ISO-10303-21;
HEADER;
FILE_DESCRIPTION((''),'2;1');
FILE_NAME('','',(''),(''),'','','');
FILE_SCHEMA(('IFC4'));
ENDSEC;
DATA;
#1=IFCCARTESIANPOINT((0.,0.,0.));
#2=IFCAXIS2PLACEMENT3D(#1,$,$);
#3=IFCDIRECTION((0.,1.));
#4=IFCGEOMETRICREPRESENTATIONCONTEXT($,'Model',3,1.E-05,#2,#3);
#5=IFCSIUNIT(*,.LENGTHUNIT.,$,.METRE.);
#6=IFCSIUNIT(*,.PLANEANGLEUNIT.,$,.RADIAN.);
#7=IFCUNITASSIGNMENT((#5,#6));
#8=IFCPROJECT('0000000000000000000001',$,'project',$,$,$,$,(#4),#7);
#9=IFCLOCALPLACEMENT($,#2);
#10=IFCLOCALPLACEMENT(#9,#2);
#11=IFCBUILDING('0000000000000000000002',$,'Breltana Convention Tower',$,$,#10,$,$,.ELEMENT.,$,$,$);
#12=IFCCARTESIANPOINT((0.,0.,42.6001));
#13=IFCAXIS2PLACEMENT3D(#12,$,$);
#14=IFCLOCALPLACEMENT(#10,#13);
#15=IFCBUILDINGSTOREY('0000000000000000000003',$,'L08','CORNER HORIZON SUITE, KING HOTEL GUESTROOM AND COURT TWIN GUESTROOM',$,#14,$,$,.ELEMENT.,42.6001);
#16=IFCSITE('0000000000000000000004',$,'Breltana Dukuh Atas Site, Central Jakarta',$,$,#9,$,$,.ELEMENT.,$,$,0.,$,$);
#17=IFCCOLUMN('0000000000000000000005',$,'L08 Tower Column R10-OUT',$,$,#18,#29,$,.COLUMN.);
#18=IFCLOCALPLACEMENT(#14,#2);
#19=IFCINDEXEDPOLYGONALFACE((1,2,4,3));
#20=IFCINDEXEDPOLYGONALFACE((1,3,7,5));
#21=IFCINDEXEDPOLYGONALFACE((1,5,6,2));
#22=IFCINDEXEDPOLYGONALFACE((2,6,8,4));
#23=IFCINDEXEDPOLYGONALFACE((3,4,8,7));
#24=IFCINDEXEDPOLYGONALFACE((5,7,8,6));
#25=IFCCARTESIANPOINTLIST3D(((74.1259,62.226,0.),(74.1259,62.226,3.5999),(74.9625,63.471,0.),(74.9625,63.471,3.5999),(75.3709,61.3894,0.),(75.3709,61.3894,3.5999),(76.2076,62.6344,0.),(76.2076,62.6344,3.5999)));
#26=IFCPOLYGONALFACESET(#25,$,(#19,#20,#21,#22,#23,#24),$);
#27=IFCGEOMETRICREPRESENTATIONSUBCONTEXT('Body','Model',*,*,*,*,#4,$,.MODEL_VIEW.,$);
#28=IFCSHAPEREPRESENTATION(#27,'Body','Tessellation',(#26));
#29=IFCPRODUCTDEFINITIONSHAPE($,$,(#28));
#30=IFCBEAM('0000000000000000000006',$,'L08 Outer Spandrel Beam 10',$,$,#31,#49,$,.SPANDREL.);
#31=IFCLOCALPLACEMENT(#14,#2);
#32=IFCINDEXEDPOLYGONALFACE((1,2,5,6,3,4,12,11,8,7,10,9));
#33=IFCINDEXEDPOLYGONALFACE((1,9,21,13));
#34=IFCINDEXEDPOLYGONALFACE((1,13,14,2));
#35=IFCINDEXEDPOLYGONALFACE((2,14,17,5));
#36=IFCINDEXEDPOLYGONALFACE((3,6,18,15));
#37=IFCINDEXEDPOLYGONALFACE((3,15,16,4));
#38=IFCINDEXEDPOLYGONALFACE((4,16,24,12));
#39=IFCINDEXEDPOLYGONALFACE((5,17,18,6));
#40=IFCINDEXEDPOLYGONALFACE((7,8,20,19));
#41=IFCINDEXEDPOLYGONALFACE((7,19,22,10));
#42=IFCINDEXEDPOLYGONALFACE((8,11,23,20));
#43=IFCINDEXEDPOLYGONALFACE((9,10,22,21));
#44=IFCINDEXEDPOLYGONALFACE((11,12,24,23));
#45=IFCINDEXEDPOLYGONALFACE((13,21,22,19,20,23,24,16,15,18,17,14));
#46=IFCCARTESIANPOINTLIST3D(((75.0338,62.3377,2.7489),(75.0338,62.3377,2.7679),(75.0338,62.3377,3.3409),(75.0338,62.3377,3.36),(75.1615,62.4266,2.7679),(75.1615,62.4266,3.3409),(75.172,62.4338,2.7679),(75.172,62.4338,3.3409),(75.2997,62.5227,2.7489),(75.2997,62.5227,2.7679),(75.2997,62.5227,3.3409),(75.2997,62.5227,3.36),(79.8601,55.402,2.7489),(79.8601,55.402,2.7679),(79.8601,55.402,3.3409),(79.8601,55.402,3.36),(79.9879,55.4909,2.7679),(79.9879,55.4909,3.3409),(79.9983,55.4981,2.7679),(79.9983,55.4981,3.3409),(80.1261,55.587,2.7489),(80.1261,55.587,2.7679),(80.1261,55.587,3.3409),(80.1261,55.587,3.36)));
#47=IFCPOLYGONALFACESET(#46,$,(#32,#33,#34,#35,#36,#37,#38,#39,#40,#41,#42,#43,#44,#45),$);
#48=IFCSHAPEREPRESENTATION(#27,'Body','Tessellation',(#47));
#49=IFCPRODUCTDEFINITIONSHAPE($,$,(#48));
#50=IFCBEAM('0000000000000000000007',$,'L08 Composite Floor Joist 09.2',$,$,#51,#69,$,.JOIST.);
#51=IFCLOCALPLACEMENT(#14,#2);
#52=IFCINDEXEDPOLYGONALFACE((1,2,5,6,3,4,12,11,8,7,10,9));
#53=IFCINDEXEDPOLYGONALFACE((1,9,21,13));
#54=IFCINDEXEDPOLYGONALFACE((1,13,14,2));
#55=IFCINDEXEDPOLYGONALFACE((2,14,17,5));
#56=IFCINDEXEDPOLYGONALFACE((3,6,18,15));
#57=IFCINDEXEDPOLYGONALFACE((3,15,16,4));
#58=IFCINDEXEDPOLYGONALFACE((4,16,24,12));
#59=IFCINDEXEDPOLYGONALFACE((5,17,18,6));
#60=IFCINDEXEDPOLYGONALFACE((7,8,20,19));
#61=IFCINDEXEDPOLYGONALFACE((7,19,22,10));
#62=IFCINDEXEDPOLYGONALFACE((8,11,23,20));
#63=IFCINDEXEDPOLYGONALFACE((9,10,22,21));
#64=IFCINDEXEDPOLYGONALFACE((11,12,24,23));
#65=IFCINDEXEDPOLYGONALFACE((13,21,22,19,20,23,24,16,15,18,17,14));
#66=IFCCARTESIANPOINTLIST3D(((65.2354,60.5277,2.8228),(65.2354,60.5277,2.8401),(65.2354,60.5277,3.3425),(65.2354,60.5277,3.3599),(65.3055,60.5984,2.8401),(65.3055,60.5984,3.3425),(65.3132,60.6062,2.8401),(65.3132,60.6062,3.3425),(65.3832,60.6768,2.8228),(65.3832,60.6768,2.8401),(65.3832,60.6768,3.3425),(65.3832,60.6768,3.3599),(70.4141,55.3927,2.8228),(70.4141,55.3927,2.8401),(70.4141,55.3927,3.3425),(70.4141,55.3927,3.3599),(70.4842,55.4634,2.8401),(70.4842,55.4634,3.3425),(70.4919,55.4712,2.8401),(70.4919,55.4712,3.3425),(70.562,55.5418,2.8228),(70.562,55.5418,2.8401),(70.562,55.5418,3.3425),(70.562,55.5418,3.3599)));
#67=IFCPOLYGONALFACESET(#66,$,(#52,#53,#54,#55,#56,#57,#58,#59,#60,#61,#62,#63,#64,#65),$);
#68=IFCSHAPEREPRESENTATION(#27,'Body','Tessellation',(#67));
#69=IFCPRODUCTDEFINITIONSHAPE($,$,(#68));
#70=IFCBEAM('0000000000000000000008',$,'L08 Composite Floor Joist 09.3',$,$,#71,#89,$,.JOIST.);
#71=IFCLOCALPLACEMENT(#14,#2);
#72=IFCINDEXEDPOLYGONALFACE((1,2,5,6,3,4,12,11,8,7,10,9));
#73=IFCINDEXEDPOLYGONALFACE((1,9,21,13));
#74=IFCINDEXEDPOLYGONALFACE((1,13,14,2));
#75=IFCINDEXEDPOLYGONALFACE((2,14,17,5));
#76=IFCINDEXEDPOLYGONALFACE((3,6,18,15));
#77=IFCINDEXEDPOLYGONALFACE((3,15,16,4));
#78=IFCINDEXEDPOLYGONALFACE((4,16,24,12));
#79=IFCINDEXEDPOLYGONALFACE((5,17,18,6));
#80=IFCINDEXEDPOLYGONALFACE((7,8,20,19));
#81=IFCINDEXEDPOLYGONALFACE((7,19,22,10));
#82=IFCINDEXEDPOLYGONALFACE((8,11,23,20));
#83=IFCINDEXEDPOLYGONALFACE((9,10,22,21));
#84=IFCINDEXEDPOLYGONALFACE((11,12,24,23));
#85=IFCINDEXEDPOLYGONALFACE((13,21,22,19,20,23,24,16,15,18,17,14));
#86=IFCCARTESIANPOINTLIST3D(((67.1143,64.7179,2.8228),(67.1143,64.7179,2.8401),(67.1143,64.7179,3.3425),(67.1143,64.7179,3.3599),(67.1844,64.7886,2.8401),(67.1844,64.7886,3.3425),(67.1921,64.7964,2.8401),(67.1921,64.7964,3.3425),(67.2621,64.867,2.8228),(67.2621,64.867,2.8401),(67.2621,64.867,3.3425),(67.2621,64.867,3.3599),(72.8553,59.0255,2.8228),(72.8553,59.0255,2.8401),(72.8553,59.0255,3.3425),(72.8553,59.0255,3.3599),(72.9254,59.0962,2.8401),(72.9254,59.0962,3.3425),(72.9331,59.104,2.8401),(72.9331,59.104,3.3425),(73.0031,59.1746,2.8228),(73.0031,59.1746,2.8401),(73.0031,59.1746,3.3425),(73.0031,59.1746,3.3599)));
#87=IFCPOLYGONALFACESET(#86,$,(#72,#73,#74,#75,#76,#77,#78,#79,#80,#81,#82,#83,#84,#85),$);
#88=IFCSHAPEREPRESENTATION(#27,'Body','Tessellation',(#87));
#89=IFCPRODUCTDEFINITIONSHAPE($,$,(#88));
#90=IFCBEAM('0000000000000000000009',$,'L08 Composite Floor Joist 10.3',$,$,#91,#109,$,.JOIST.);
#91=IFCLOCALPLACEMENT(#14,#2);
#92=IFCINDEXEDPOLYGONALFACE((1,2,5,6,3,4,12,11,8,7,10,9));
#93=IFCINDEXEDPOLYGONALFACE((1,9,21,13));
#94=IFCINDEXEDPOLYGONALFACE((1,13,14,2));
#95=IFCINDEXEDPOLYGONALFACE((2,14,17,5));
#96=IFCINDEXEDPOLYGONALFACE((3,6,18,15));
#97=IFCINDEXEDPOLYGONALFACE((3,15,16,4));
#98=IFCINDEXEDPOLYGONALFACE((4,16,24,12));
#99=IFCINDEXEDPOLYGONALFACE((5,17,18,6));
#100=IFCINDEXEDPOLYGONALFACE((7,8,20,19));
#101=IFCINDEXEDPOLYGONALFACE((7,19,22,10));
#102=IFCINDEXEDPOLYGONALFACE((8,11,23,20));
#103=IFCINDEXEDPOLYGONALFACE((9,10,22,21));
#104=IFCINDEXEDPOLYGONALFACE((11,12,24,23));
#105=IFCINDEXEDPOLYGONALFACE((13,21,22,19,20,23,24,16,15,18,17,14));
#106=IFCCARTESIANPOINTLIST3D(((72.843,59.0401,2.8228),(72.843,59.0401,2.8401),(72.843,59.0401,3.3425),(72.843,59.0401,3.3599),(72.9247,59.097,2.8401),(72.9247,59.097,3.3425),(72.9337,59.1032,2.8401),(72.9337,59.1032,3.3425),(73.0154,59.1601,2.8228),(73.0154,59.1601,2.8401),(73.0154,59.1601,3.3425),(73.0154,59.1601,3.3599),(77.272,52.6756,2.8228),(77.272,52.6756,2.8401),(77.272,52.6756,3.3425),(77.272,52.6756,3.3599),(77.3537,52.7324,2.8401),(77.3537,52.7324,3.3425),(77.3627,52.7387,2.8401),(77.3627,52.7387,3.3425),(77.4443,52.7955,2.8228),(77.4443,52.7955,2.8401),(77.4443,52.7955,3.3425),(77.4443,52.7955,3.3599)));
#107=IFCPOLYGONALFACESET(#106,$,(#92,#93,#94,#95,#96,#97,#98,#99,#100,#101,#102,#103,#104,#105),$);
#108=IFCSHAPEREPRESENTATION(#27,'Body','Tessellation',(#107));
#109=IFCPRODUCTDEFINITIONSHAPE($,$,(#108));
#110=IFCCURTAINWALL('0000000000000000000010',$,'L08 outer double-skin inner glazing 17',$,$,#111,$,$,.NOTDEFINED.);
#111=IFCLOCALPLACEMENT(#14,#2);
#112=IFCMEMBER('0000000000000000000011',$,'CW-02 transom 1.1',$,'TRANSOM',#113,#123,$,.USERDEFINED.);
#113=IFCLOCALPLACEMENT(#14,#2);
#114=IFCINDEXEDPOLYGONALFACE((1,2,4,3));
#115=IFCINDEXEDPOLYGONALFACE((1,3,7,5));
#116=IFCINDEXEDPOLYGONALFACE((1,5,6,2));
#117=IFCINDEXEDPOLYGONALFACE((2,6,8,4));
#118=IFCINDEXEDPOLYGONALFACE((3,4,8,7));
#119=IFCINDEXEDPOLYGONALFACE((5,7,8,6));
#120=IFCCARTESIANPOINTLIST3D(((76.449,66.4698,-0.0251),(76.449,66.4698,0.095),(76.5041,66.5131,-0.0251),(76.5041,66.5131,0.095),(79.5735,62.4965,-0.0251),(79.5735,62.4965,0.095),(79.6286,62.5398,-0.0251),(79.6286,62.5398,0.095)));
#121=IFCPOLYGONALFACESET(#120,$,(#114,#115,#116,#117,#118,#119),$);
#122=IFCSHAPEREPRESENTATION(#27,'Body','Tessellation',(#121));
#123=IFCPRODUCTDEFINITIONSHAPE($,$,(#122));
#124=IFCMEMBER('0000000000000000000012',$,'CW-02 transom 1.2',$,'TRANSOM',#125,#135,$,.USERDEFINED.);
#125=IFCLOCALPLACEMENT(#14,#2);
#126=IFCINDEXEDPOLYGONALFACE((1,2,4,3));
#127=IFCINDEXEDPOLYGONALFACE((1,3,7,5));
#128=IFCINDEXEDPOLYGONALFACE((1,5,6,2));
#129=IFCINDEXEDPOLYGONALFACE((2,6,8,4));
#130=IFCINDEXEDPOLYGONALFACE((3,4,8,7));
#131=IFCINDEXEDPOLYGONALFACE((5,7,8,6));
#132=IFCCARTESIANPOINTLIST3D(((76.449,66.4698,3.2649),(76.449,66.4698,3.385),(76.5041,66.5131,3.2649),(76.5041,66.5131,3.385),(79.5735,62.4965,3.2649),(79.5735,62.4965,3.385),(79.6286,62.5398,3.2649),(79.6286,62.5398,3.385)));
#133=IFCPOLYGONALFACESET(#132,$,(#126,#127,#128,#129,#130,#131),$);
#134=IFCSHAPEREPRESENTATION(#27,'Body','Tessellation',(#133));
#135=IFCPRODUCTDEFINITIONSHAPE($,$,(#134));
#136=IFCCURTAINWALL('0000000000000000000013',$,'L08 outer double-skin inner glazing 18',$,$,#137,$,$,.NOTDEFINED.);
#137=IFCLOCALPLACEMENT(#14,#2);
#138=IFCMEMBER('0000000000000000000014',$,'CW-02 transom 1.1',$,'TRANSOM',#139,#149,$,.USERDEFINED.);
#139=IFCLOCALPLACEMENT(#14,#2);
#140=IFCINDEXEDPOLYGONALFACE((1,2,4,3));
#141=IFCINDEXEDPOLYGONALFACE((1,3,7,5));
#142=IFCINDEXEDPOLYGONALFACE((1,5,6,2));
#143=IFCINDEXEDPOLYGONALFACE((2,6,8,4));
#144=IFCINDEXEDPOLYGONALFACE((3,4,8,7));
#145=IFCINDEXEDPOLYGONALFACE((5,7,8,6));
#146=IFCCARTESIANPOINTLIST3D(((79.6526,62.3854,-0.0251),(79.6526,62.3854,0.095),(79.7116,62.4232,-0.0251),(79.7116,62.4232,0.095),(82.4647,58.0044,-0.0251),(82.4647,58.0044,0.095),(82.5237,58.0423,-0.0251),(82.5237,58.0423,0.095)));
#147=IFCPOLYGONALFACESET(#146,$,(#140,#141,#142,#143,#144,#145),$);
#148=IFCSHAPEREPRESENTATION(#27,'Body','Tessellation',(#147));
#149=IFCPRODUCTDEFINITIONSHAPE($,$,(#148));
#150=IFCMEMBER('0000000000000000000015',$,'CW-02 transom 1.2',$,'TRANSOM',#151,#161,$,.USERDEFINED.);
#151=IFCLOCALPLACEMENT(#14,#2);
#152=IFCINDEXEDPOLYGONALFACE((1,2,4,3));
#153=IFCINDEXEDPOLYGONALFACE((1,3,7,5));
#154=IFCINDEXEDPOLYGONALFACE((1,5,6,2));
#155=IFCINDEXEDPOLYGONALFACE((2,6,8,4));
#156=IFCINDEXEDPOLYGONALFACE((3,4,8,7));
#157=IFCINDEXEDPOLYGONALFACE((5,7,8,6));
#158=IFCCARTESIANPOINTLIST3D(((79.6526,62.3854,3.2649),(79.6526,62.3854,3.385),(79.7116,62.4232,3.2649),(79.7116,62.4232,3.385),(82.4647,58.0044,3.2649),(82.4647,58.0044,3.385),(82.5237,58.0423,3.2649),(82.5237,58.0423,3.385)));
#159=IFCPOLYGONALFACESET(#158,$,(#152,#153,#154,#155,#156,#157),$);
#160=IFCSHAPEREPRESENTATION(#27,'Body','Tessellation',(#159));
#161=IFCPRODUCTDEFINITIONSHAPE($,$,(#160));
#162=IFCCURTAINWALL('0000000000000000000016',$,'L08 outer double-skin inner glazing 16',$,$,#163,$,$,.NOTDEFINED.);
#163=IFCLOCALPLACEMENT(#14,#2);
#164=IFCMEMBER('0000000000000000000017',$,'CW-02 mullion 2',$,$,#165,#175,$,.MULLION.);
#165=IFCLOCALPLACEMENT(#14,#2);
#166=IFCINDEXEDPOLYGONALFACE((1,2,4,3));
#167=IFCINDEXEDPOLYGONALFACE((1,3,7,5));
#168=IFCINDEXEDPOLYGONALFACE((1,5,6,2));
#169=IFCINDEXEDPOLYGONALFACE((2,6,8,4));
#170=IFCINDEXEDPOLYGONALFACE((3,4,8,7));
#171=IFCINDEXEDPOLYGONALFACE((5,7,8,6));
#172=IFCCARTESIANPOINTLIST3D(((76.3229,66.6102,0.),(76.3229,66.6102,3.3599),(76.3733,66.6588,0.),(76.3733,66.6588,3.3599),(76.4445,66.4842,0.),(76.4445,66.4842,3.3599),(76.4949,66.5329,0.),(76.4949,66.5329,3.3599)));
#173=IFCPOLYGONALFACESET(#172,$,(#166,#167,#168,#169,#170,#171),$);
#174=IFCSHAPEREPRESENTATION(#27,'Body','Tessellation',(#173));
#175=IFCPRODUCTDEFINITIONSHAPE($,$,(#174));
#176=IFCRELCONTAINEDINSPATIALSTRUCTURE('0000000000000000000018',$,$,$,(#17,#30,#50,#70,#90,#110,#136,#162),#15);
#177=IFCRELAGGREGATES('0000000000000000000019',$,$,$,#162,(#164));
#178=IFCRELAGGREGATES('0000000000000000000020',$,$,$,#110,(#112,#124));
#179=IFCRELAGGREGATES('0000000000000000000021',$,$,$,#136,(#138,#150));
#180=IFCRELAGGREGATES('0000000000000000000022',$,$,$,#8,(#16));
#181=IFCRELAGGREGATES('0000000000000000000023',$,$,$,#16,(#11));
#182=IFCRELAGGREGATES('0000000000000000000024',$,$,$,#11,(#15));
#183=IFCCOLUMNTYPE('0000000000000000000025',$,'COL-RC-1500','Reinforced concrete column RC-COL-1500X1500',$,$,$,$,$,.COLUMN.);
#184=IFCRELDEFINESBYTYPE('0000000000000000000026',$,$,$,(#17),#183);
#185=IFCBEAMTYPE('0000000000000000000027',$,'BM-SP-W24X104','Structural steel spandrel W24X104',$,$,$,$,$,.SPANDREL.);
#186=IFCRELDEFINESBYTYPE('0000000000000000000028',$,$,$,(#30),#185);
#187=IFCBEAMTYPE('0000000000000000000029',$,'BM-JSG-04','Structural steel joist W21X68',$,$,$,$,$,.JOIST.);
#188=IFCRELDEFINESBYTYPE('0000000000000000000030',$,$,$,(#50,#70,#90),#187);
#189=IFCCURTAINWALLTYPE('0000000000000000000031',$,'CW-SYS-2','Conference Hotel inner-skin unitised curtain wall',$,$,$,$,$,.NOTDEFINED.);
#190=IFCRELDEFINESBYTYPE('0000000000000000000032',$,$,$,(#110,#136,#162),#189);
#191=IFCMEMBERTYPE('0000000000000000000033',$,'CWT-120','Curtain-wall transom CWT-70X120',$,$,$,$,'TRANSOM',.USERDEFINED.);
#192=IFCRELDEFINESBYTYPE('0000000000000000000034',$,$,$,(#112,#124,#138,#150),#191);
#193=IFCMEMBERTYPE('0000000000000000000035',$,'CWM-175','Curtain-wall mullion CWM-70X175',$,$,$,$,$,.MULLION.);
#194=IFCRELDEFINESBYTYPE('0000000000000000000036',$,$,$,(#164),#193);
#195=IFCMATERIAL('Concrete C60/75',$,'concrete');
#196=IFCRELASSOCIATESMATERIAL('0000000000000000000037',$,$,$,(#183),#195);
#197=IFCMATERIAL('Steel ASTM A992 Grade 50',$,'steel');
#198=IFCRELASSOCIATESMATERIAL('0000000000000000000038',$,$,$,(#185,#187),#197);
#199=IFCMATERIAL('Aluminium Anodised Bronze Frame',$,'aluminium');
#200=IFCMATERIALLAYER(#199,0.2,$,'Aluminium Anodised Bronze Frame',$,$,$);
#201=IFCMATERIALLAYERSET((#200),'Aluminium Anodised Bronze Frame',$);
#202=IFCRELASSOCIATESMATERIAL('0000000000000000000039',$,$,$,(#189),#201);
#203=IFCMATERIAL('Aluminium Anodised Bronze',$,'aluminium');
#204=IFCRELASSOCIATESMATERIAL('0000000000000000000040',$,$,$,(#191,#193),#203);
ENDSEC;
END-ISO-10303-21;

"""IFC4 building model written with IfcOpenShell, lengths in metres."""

from ifc_helpers import new_model, si_unit, direction, frame, origin, origin_2d, place, context, subcontext, project, spatial, rectangle, i_section, extrude, source, transform, mapped, material, layer, layer_set, material_profile, profile_set, type_object, element, aggregate, save


model = new_model("IFC4")

# Units and contexts
model_context = context("Model", 3, precision=1e-05, world=origin(), true_north=direction((0.0, 1.0)))
body_context = subcontext(model_context, "Body", "Model", "MODEL_VIEW")
ifc_project = project(units=[si_unit("LENGTHUNIT", "METRE"), si_unit("PLANEANGLEUNIT", "RADIAN")], contexts=[model_context])

# Site, building, storey
site_placement = place(None, origin())
site = spatial("IfcSite", under=ifc_project, at=site_placement, Name="Breltana Dukuh Atas Site, Central Jakarta", CompositionType="ELEMENT", RefElevation=0.0)
building_placement = place(site_placement, origin())
building = spatial("IfcBuilding", under=site, at=building_placement, Name="Breltana Convention Tower", CompositionType="ELEMENT")
storey_placement = place(building_placement, frame((0.0, 0.0, 42.6001)))
storey = spatial("IfcBuildingStorey", under=building, at=storey_placement, Name="L08", Description="CORNER HORIZON SUITE, KING HOTEL GUESTROOM AND COURT TWIN GUESTROOM", CompositionType="ELEMENT", Elevation=42.6001)

# Column
ifc_material_1 = material(Name="Concrete C60/75", Category="concrete")
ifc_material_profile_1 = material_profile(ifc_material_1, rectangle(XDim=1.5, YDim=1.5, at=origin_2d()), Name="RC-COL-1500X1500")
ifc_profile_set_1 = profile_set([ifc_material_profile_1], Name="Concrete C60/75")
column_type = type_object("IfcColumnType", Name="COL-RC-1500", Description="Reinforced concrete column RC-COL-1500X1500", PredefinedType="COLUMN", material=ifc_profile_set_1)
shared_shape_1 = source(origin(), body_context, "Body", "SweptSolid", [
    extrude(rectangle(XDim=1.5, YDim=1.5, at=origin_2d()), origin(), (0.0, 0.0, 1.0), 3.5999),
])
column_placement = place(storey_placement, frame((75.1667, 62.4302, 0.0), z_axis=(0.0, 0.0, 1.0), x_axis=(0.557745, 0.830012, 0.0)))
element("IfcColumn", 1, at=column_placement, inside=storey, type_object=column_type, Name="L08 Tower Column R10-OUT", PredefinedType="COLUMN", context=body_context, shape_type="MappedRepresentation", body=[
    mapped(shared_shape_1, transform((0.0, 0.0, 0.0), scale=1.0)),
])

# Beams
ifc_material_2 = material(Name="Steel ASTM A992 Grade 50", Category="steel")
ifc_material_profile_2 = material_profile(ifc_material_2, i_section(OverallWidth=0.324, OverallDepth=0.6111, WebThickness=0.0127, FlangeThickness=0.019, at=origin_2d()), Name="W24X104")
ifc_profile_set_2 = profile_set([ifc_material_profile_2], Name="Steel ASTM A992 Grade 50")
beam_type_1 = type_object("IfcBeamType", Name="BM-SP-W24X104", Description="Structural steel spandrel W24X104", PredefinedType="SPANDREL", material=ifc_profile_set_2)
shared_shape_2 = source(origin(), body_context, "Body", "SweptSolid", [
    extrude(i_section(OverallWidth=0.324, OverallDepth=0.6111, WebThickness=0.0127, FlangeThickness=0.019, at=origin_2d()), origin(), (0.0, 0.0, 1.0), 8.4497),
])
beam_1_placement = place(storey_placement, frame((75.1667, 62.4302, 3.0544), z_axis=(0.571186, -0.820821, 0.0), x_axis=(0.820821, 0.571186, 0.0)))
element("IfcBeam", 2, at=beam_1_placement, inside=storey, type_object=beam_type_1, Name="L08 Outer Spandrel Beam 10", PredefinedType="SPANDREL", context=body_context, shape_type="MappedRepresentation", body=[
    mapped(shared_shape_2, transform((0.0, 0.0, 0.0), scale=1.0)),
])
ifc_material_profile_3 = material_profile(ifc_material_2, i_section(OverallWidth=0.21, OverallDepth=0.5371, WebThickness=0.011, FlangeThickness=0.0173, at=origin_2d()), Name="W21X68")
ifc_profile_set_3 = profile_set([ifc_material_profile_3], Name="Steel ASTM A992 Grade 50")
beam_type_2 = type_object("IfcBeamType", Name="BM-JSG-04", Description="Structural steel joist W21X68", PredefinedType="JOIST", material=ifc_profile_set_3)
shared_shape_3 = source(origin(), body_context, "Body", "SweptSolid", [
    extrude(i_section(OverallWidth=0.21, OverallDepth=0.5371, WebThickness=0.011, FlangeThickness=0.0173, at=origin_2d()), origin(), (0.0, 0.0, 1.0), 7.293),
])
beam_2_placement = place(storey_placement, frame((65.3093, 60.6023, 3.0913), z_axis=(0.710097, -0.704104, 0.0), x_axis=(0.704104, 0.710097, 0.0)))
element("IfcBeam", 3, at=beam_2_placement, inside=storey, type_object=beam_type_2, Name="L08 Composite Floor Joist 09.2", PredefinedType="JOIST", context=body_context, shape_type="MappedRepresentation", body=[
    mapped(shared_shape_3, transform((0.0, 0.0, 0.0), scale=1.0)),
])
shared_shape_4 = source(origin(), body_context, "Body", "SweptSolid", [
    extrude(i_section(OverallWidth=0.21, OverallDepth=0.5371, WebThickness=0.011, FlangeThickness=0.0173, at=origin_2d()), origin(), (0.0, 0.0, 1.0), 8.0847),
])
beam_3_placement = place(storey_placement, frame((67.1882, 64.7925, 3.0913), z_axis=(0.710105, -0.704096, 0.0), x_axis=(0.704096, 0.710105, 0.0)))
element("IfcBeam", 4, at=beam_3_placement, inside=storey, type_object=beam_type_2, Name="L08 Composite Floor Joist 09.3", PredefinedType="JOIST", context=body_context, shape_type="MappedRepresentation", body=[
    mapped(shared_shape_4, transform((0.0, 0.0, 0.0), scale=1.0)),
])
shared_shape_5 = source(origin(), body_context, "Body", "SweptSolid", [
    extrude(i_section(OverallWidth=0.21, OverallDepth=0.5371, WebThickness=0.011, FlangeThickness=0.0173, at=origin_2d()), origin(), (0.0, 0.0, 1.0), 7.7539),
])
beam_4_placement = place(storey_placement, frame((72.9292, 59.1001, 3.0913), z_axis=(0.571193, -0.820816, 0.0), x_axis=(0.820816, 0.571193, 0.0)))
element("IfcBeam", 5, at=beam_4_placement, inside=storey, type_object=beam_type_2, Name="L08 Composite Floor Joist 10.3", PredefinedType="JOIST", context=body_context, shape_type="MappedRepresentation", body=[
    mapped(shared_shape_5, transform((0.0, 0.0, 0.0), scale=1.0)),
])

# Curtain walls, members
ifc_material_3 = material(Name="Aluminium Anodised Bronze Frame", Category="aluminium")
ifc_layer_1 = layer(ifc_material_3, 0.2, Name="Aluminium Anodised Bronze Frame")
ifc_layer_set_1 = layer_set([ifc_layer_1], Name="Aluminium Anodised Bronze Frame")
curtain_wall_type = type_object("IfcCurtainWallType", Name="CW-SYS-2", Description="Conference Hotel inner-skin unitised curtain wall", PredefinedType="NOTDEFINED", material=ifc_layer_set_1)
curtain_wall_1_placement = place(storey_placement, origin())
curtain_wall_1 = element("IfcCurtainWall", 6, at=curtain_wall_1_placement, inside=storey, type_object=curtain_wall_type, Name="L08 outer double-skin inner glazing 17", PredefinedType="NOTDEFINED")
ifc_material_4 = material(Name="Aluminium Anodised Bronze", Category="aluminium")
ifc_material_profile_4 = material_profile(ifc_material_4, rectangle(XDim=0.0701, YDim=0.1201, at=origin_2d()), Name="CWT-70X120")
ifc_profile_set_4 = profile_set([ifc_material_profile_4], Name="Aluminium Anodised Bronze")
member_type_1 = type_object("IfcMemberType", Name="CWT-120", Description="Curtain-wall transom CWT-70X120", ElementType="TRANSOM", PredefinedType="USERDEFINED", material=ifc_profile_set_4)
shared_shape_6 = source(origin(), body_context, "Body", "SweptSolid", [
    extrude(rectangle(XDim=0.0701, YDim=0.1201, at=origin_2d()), origin(), (0.0, 0.0, 1.0), 5.0547),
])
member_1_placement = place(storey_placement, frame((76.4766, 66.4915, 0.0349), z_axis=(0.618135, -0.786072, 0.0), x_axis=(0.786072, 0.618135, 0.0)))
member_1 = element("IfcMember", 7, at=member_1_placement, type_object=member_type_1, Name="CW-02 transom 1.1", ObjectType="TRANSOM", PredefinedType="USERDEFINED", context=body_context, shape_type="MappedRepresentation", body=[
    mapped(shared_shape_6, transform((0.0, 0.0, 0.0), scale=1.0)),
])
member_2_placement = place(storey_placement, frame((76.4766, 66.4915, 3.325), z_axis=(0.618135, -0.786072, 0.0), x_axis=(0.786072, 0.618135, 0.0)))
member_2 = element("IfcMember", 8, at=member_2_placement, type_object=member_type_1, Name="CW-02 transom 1.2", ObjectType="TRANSOM", PredefinedType="USERDEFINED", context=body_context, shape_type="MappedRepresentation", body=[
    mapped(shared_shape_6, transform((0.0, 0.0, 0.0), scale=1.0)),
])
curtain_wall_2_placement = place(storey_placement, origin())
curtain_wall_2 = element("IfcCurtainWall", 9, at=curtain_wall_2_placement, inside=storey, type_object=curtain_wall_type, Name="L08 outer double-skin inner glazing 18", PredefinedType="NOTDEFINED")
shared_shape_7 = source(origin(), body_context, "Body", "SweptSolid", [
    extrude(rectangle(XDim=0.0701, YDim=0.1201, at=origin_2d()), origin(), (0.0, 0.0, 1.0), 5.2058),
])
member_3_placement = place(storey_placement, frame((79.6821, 62.4043, 0.0349), z_axis=(0.540179, -0.84155, 0.0), x_axis=(0.84155, 0.540179, 0.0)))
member_3 = element("IfcMember", 10, at=member_3_placement, type_object=member_type_1, Name="CW-02 transom 1.1", ObjectType="TRANSOM", PredefinedType="USERDEFINED", context=body_context, shape_type="MappedRepresentation", body=[
    mapped(shared_shape_7, transform((0.0, 0.0, 0.0), scale=1.0)),
])
member_4_placement = place(storey_placement, frame((79.6821, 62.4043, 3.325), z_axis=(0.540179, -0.84155, 0.0), x_axis=(0.84155, 0.540179, 0.0)))
member_4 = element("IfcMember", 11, at=member_4_placement, type_object=member_type_1, Name="CW-02 transom 1.2", ObjectType="TRANSOM", PredefinedType="USERDEFINED", context=body_context, shape_type="MappedRepresentation", body=[
    mapped(shared_shape_7, transform((0.0, 0.0, 0.0), scale=1.0)),
])

# Curtain wall, member
curtain_wall_3_placement = place(storey_placement, origin())
curtain_wall_3 = element("IfcCurtainWall", 12, at=curtain_wall_3_placement, inside=storey, type_object=curtain_wall_type, Name="L08 outer double-skin inner glazing 16", PredefinedType="NOTDEFINED")
ifc_material_profile_5 = material_profile(ifc_material_4, rectangle(XDim=0.0701, YDim=0.175, at=origin_2d()), Name="CWM-70X175")
ifc_profile_set_5 = profile_set([ifc_material_profile_5], Name="Aluminium Anodised Bronze")
member_type_2 = type_object("IfcMemberType", Name="CWM-175", Description="Curtain-wall mullion CWM-70X175", PredefinedType="MULLION", material=ifc_profile_set_5)
shared_shape_8 = source(origin(), body_context, "Body", "SweptSolid", [
    extrude(rectangle(XDim=0.0701, YDim=0.175, at=origin_2d()), origin(), (0.0, 0.0, 1.0), 3.3599),
])
member_5_placement = place(storey_placement, frame((76.4089, 66.5715, 0.0), z_axis=(0.0, 0.0, 1.0), x_axis=(0.719386, 0.69461, 0.0)))
member_5 = element("IfcMember", 13, at=member_5_placement, type_object=member_type_2, Name="CW-02 mullion 2", PredefinedType="MULLION", context=body_context, shape_type="MappedRepresentation", body=[
    mapped(shared_shape_8, transform((0.0, 0.0, 0.0), scale=1.0)),
])
aggregate(curtain_wall_3, [member_5])

aggregate(curtain_wall_1, [member_1, member_2])
aggregate(curtain_wall_2, [member_3, member_4])

save(model, "model.ifc")
